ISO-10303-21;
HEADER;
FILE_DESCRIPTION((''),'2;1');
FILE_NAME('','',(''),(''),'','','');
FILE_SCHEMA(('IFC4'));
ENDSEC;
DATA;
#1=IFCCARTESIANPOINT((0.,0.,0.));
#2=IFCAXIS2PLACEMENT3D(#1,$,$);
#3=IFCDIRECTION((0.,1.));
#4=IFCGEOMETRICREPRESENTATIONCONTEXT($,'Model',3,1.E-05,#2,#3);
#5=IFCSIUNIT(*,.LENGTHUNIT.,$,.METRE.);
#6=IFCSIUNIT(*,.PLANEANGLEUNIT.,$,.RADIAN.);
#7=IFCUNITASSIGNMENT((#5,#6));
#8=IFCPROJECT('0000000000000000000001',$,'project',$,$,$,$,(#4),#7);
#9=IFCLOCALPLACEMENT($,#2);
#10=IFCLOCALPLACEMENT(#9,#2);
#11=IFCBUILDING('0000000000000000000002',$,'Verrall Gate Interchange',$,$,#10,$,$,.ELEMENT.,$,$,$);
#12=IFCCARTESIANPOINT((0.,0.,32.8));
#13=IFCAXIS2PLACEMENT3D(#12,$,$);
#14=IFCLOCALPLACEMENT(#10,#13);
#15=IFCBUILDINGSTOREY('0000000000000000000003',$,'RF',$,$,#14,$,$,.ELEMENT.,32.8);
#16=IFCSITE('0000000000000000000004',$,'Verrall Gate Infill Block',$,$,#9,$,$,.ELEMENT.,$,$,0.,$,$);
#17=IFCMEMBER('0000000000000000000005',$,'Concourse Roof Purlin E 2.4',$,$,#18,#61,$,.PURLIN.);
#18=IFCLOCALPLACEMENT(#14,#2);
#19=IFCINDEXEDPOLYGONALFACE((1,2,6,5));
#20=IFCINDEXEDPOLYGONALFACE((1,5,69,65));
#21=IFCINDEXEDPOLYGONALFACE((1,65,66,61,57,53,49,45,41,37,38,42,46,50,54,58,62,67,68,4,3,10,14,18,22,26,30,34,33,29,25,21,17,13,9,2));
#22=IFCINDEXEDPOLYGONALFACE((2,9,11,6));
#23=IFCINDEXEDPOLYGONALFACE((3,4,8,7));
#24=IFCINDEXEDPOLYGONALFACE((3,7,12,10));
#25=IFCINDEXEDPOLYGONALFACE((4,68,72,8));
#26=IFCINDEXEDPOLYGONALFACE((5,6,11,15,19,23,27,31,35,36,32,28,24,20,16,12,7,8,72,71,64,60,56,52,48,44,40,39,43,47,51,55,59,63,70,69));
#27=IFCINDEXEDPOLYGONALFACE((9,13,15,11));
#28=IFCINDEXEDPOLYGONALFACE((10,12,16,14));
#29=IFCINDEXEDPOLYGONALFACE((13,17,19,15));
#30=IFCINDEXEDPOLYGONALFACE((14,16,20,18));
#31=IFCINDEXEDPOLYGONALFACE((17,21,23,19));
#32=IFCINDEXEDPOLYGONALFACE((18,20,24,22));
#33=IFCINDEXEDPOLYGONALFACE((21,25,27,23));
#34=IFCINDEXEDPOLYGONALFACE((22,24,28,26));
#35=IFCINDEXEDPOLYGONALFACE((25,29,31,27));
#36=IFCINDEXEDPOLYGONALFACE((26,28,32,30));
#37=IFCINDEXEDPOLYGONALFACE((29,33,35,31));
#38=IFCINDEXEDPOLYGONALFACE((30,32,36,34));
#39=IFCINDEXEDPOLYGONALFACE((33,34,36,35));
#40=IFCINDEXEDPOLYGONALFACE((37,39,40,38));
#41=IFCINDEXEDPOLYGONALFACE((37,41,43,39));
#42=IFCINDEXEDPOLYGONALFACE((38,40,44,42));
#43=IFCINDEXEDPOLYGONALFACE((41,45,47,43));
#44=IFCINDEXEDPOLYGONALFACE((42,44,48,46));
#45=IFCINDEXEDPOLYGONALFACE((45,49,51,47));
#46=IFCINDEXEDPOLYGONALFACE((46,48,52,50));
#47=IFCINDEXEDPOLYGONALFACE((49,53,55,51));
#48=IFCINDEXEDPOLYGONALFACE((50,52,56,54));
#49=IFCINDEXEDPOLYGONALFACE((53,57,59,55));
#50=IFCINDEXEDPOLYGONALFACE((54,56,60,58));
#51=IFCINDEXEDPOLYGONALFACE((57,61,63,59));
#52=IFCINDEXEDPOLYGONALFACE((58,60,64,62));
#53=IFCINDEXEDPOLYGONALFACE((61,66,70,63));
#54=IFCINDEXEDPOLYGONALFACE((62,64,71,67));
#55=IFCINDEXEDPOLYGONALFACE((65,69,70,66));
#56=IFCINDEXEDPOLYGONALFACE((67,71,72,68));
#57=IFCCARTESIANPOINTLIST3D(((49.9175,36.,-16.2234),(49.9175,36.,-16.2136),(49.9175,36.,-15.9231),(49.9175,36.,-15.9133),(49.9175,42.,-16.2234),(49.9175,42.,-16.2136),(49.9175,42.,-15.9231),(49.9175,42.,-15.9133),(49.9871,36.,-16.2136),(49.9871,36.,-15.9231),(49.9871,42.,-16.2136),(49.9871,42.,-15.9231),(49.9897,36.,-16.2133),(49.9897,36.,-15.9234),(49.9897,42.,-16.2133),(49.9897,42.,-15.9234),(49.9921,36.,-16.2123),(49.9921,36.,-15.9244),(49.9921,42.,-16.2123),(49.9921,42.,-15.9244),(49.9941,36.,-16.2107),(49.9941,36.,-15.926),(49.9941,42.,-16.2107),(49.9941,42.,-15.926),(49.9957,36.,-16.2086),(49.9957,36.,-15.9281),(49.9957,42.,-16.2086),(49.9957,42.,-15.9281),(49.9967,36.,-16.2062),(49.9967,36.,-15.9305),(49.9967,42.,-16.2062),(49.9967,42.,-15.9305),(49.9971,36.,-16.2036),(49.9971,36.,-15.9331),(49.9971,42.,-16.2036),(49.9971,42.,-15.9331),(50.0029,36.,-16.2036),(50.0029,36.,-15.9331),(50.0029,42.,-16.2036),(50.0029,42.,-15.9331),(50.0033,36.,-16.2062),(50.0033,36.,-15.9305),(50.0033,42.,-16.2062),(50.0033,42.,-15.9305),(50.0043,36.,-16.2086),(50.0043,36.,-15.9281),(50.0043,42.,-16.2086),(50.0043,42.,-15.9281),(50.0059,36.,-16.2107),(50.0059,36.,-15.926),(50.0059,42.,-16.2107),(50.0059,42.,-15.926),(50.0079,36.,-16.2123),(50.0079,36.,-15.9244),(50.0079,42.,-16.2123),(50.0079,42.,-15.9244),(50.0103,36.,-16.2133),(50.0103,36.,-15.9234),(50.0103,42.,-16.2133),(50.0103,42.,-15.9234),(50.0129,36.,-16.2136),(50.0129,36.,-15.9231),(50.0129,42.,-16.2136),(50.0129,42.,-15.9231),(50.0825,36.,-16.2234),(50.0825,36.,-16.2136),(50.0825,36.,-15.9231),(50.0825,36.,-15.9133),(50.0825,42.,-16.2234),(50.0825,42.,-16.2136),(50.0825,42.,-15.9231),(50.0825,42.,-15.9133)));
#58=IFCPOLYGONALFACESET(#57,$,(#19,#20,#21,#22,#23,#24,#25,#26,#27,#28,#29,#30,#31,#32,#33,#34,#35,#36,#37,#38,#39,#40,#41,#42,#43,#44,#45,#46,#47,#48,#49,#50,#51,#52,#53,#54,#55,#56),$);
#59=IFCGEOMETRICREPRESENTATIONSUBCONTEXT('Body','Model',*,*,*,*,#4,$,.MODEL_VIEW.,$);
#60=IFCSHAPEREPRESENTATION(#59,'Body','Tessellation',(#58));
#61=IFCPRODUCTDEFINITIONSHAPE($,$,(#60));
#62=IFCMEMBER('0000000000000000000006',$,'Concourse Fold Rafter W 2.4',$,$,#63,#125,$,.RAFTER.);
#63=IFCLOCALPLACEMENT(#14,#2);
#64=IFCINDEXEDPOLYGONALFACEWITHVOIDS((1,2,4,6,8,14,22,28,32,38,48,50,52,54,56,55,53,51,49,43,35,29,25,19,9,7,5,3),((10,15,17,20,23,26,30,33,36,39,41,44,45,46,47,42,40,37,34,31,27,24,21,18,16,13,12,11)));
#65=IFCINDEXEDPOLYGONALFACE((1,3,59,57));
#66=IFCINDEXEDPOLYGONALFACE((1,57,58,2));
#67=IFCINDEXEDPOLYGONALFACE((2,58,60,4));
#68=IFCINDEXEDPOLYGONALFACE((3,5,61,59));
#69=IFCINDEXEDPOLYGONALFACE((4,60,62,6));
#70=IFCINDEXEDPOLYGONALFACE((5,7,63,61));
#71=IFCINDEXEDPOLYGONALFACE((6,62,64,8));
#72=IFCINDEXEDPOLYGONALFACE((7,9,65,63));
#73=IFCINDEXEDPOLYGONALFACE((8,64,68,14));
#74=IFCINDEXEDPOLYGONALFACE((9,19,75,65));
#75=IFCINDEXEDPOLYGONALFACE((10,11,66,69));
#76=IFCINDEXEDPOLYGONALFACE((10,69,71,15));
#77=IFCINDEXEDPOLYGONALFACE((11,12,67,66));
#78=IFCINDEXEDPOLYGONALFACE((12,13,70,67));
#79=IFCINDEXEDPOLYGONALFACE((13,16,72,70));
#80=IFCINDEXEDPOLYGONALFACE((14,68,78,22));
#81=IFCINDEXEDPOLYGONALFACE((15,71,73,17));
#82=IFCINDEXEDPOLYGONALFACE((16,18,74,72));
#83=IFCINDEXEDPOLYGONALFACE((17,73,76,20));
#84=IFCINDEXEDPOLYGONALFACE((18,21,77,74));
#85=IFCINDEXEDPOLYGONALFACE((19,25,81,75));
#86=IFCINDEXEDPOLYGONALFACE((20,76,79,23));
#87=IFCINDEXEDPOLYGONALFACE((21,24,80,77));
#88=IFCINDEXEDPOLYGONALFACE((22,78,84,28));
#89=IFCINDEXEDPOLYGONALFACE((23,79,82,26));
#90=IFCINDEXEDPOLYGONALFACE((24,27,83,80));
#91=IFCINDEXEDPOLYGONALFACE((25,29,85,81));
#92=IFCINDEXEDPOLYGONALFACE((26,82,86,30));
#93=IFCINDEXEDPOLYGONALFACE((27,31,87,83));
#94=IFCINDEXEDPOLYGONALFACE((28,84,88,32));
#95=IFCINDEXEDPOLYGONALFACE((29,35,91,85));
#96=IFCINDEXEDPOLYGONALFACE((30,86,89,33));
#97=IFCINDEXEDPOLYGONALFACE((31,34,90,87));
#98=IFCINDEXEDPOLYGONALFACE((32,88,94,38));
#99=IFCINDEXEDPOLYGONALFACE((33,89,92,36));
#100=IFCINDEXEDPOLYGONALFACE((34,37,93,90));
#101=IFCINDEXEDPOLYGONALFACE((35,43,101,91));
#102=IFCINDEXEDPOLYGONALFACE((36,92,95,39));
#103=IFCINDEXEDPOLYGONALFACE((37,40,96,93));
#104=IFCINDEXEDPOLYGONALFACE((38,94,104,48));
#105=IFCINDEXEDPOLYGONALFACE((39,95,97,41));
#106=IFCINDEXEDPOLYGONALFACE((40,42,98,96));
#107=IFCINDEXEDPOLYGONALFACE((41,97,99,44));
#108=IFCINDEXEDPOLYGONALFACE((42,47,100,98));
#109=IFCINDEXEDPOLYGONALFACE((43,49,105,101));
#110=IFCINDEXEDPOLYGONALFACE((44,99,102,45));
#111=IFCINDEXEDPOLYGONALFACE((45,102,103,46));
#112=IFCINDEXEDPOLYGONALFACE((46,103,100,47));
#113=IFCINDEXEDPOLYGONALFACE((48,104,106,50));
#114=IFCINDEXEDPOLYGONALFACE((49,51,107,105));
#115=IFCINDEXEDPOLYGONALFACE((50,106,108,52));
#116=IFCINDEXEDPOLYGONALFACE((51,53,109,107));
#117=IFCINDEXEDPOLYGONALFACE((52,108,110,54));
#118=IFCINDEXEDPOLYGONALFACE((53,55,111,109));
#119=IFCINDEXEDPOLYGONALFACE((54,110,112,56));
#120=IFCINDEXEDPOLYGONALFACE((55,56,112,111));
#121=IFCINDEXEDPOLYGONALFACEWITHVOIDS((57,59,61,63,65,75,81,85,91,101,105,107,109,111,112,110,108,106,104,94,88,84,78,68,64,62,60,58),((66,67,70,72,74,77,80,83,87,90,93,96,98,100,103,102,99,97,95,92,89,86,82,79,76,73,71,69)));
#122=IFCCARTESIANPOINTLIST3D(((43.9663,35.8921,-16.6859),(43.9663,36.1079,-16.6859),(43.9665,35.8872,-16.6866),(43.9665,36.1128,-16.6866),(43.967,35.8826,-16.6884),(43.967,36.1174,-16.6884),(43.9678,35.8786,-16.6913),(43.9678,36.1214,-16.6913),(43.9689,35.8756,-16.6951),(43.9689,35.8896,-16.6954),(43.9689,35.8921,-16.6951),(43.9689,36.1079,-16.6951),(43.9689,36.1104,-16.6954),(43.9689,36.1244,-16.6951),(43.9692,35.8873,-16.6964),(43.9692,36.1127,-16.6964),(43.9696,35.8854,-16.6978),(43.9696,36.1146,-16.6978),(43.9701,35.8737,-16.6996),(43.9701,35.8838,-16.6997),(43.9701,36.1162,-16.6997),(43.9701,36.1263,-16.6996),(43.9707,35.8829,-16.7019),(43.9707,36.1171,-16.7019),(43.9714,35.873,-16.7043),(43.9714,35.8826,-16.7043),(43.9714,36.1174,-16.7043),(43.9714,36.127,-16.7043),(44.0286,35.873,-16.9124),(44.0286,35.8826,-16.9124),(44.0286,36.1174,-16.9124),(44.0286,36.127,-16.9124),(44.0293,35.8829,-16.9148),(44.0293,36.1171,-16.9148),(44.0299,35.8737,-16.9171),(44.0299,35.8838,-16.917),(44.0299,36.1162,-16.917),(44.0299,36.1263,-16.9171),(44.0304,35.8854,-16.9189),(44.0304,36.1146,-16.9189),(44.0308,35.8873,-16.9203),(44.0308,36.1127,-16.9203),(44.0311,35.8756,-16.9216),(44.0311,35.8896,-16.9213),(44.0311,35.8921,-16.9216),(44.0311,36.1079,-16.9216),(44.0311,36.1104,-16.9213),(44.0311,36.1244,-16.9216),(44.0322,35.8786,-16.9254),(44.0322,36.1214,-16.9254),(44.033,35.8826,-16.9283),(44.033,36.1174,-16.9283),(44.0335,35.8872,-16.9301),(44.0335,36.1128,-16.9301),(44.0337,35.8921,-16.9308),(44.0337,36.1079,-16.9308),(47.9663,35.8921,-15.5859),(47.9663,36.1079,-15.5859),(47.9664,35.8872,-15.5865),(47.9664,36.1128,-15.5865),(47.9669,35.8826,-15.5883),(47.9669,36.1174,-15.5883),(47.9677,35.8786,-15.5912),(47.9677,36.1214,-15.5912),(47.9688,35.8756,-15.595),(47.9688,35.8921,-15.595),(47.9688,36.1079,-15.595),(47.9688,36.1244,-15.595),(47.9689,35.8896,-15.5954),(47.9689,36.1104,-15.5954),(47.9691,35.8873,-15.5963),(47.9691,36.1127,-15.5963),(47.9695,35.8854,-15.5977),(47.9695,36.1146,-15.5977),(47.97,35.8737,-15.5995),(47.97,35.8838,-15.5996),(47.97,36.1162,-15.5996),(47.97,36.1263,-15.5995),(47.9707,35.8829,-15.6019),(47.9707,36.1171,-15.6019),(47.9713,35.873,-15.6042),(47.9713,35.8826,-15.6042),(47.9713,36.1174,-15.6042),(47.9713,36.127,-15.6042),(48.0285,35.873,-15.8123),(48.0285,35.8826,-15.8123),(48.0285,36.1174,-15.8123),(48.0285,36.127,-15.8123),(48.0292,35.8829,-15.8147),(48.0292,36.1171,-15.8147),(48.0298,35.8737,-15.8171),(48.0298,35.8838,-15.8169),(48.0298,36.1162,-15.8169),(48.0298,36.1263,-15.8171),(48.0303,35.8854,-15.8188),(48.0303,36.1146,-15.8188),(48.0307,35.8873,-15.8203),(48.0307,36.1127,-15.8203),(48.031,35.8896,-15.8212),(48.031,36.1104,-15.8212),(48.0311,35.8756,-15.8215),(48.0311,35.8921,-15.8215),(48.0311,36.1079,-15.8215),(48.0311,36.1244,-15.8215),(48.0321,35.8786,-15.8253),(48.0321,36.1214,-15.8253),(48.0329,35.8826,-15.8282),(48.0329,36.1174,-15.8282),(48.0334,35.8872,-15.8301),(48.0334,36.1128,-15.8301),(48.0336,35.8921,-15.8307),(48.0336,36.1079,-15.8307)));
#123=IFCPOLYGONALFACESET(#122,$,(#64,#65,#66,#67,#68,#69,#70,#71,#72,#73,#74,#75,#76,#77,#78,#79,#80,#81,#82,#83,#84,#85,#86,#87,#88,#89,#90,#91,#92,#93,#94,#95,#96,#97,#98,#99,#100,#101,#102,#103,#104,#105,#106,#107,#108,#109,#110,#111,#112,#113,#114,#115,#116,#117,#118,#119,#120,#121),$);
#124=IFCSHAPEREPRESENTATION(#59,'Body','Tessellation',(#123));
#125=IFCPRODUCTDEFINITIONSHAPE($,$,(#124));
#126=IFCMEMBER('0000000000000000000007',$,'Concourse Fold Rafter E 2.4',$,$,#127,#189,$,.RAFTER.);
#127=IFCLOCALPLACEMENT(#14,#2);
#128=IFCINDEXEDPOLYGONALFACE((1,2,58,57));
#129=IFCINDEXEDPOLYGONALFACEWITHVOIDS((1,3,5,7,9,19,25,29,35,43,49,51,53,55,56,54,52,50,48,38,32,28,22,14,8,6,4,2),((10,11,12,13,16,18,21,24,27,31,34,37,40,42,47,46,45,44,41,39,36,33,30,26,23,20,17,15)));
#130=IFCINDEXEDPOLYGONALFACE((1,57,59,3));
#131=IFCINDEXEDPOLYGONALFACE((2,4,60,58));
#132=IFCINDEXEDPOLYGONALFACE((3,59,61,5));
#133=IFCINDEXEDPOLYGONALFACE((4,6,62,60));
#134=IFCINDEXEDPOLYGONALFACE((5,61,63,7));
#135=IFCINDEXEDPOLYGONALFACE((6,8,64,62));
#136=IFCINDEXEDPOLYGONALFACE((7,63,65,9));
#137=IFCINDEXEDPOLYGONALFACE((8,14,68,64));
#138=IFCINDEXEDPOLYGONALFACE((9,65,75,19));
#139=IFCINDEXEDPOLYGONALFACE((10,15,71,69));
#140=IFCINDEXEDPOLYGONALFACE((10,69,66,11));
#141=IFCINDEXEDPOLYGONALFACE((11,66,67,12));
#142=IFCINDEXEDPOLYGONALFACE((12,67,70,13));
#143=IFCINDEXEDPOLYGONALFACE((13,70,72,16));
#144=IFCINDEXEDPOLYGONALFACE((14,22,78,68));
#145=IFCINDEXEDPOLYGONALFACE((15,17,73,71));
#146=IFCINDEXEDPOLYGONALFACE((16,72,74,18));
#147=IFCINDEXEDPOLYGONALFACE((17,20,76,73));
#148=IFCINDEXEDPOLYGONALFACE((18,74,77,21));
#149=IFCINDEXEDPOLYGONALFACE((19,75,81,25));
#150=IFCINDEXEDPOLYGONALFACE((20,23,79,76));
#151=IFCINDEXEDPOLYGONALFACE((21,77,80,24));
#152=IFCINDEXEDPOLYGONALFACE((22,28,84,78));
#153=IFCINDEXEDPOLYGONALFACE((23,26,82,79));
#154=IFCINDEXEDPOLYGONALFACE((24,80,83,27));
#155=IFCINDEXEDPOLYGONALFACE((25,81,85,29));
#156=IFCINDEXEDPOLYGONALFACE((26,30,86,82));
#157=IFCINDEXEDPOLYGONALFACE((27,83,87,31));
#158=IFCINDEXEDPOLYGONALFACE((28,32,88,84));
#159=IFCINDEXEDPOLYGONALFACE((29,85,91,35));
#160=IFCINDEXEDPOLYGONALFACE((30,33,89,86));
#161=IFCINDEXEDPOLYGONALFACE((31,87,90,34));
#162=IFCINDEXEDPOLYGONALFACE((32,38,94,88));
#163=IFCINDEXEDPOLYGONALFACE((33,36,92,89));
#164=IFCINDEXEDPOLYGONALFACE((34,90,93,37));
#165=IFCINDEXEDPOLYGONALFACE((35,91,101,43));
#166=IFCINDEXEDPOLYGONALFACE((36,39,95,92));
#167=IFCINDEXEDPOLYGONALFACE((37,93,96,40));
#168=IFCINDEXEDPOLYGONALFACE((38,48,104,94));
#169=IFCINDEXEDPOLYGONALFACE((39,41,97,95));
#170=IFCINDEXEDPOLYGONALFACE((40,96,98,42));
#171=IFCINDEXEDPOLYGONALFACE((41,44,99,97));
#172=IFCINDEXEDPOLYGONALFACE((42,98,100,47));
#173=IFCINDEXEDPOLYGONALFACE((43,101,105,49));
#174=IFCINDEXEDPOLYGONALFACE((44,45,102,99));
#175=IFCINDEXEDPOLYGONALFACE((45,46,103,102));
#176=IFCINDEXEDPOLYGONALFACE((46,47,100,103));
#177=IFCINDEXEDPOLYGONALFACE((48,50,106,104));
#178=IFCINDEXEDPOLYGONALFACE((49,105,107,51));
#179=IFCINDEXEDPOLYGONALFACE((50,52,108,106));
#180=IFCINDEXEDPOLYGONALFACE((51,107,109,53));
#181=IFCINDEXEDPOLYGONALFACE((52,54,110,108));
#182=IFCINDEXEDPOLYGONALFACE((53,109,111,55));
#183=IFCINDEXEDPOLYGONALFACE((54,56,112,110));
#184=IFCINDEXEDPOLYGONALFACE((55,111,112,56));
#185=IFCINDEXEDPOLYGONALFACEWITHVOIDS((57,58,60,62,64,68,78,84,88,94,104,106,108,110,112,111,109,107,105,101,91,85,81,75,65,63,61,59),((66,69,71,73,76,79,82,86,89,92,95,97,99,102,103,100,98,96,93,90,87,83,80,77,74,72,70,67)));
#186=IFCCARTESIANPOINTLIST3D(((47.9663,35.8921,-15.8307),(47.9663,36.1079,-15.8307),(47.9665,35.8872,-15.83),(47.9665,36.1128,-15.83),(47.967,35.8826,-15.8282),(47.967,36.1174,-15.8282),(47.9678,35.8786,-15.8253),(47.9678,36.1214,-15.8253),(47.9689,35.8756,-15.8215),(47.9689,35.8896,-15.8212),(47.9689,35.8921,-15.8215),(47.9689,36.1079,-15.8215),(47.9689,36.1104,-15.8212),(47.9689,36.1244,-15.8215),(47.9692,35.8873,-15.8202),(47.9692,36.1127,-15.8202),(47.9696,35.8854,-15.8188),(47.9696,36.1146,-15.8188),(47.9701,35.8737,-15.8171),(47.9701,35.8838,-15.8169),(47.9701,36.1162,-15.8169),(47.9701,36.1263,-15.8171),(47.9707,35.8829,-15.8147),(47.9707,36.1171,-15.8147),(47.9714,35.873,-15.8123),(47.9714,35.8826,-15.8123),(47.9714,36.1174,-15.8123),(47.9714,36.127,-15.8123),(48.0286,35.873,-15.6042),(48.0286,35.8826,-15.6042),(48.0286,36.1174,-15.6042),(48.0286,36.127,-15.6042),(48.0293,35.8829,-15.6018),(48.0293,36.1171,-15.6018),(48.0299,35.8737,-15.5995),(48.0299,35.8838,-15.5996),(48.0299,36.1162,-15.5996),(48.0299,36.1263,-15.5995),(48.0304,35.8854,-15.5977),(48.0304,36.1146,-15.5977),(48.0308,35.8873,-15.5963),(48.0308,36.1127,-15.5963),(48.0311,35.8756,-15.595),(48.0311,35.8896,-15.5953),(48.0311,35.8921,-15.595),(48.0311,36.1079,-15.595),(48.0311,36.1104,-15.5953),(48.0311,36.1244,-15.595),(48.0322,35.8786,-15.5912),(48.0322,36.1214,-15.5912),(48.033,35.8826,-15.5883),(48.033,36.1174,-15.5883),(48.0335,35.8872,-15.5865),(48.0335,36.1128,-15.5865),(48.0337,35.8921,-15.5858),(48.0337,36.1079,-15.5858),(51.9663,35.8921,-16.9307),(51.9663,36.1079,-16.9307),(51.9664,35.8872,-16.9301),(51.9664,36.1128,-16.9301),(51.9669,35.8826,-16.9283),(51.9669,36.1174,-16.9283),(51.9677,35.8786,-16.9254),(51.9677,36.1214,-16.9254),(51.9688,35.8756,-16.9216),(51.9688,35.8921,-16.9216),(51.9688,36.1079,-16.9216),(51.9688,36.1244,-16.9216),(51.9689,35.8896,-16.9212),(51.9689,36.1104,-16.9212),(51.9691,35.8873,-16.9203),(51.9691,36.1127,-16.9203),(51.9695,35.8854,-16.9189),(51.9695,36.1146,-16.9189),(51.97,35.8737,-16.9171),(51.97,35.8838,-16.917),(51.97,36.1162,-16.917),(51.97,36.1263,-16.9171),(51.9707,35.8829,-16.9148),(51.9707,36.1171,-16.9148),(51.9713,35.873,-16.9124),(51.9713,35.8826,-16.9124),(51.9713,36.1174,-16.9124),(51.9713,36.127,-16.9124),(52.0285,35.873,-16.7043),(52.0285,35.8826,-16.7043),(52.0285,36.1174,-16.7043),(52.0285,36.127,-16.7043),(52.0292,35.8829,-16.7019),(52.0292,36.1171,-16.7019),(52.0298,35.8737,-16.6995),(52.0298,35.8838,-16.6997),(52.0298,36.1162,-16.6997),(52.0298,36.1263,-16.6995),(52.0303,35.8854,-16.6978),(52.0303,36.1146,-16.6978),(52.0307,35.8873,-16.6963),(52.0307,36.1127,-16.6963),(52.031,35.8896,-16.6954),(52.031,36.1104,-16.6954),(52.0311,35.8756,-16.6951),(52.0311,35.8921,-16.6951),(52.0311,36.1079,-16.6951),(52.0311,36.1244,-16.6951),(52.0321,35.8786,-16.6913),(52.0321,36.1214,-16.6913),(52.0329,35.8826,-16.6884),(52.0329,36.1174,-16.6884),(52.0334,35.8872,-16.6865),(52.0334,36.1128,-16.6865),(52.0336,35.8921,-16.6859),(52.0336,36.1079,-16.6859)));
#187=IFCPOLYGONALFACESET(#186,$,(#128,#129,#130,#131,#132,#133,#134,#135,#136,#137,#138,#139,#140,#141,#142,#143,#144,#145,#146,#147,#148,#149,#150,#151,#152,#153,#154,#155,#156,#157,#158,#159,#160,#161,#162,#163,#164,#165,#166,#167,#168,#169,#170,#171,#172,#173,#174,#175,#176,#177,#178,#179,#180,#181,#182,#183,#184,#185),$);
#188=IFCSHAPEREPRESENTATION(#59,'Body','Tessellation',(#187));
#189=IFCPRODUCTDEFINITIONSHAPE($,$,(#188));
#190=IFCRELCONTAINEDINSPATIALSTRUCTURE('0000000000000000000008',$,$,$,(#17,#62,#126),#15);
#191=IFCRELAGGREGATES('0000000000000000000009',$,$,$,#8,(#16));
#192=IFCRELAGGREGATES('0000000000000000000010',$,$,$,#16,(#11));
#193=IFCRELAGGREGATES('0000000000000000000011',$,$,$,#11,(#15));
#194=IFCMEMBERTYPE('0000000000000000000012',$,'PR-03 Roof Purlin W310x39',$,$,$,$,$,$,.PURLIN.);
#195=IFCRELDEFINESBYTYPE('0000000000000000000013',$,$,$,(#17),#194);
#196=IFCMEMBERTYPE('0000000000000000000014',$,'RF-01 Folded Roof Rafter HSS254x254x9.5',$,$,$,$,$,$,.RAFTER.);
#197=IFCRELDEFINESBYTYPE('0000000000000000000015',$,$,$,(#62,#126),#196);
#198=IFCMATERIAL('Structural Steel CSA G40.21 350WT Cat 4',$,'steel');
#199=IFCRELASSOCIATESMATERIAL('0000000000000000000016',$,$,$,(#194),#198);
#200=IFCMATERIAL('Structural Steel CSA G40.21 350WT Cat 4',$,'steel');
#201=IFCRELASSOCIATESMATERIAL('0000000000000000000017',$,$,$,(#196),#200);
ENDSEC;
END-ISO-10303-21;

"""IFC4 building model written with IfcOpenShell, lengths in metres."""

from ifc_helpers import new_model, si_unit, direction, frame, origin, origin_2d, place, context, subcontext, project, spatial, hollow_rectangle, i_section, extrude, material, material_profile, profile_set, type_object, element, save


model = new_model("IFC4")

# Units and contexts
model_context = context("Model", 3, precision=1e-05, world=origin(), true_north=direction((0.0, 1.0)))
body_context = subcontext(model_context, "Body", "Model", "MODEL_VIEW")
ifc_project = project(units=[si_unit("LENGTHUNIT", "METRE"), si_unit("PLANEANGLEUNIT", "RADIAN")], contexts=[model_context])

# Site, building, storey
site_placement = place(None, origin())
site = spatial("IfcSite", under=ifc_project, at=site_placement, Name="Verrall Gate Infill Block", CompositionType="ELEMENT", RefElevation=0.0)
building_placement = place(site_placement, origin())
building = spatial("IfcBuilding", under=site, at=building_placement, Name="Verrall Gate Interchange", CompositionType="ELEMENT")
storey_placement = place(building_placement, frame((0.0, 0.0, 32.8)))
storey = spatial("IfcBuildingStorey", under=building, at=storey_placement, Name="RF", CompositionType="ELEMENT", Elevation=32.8)

# Members
ifc_material_1 = material(Name="Structural Steel CSA G40.21 350WT Cat 4", Category="steel")
ifc_material_profile_1 = material_profile(ifc_material_1, i_section(OverallWidth=0.165, OverallDepth=0.3101, WebThickness=0.0059, FlangeThickness=0.0098, FilletRadius=0.01, at=origin_2d()), Name="W310x39")
ifc_profile_set_1 = profile_set([ifc_material_profile_1], Name="Structural Steel CSA G40.21 350WT Cat 4")
member_type_1 = type_object("IfcMemberType", Name="PR-03 Roof Purlin W310x39", PredefinedType="PURLIN", material=ifc_profile_set_1)
for number, where, z_axis, x_axis, name in (
    (1, (50.0, 36.0, -16.0684), (0.0, 1.0, 0.0), (-1.0, 0.0, 0.0), "Concourse Roof Purlin E 2.4"),
):
    element("IfcMember", number, at=place(storey_placement, frame(where, z_axis=z_axis, x_axis=x_axis)), inside=storey, type_object=member_type_1, Name=name, PredefinedType="PURLIN", context=body_context, shape_type="SweptSolid", body=[
        extrude(i_section(OverallWidth=0.165, OverallDepth=0.3101, WebThickness=0.0059, FlangeThickness=0.0098, FilletRadius=0.01, at=origin_2d()), origin(), (0.0, 0.0, 1.0), 6.0),
    ])
ifc_material_2 = material(Name="Structural Steel CSA G40.21 350WT Cat 4", Category="steel")
ifc_material_profile_2 = material_profile(ifc_material_2, hollow_rectangle(XDim=0.2539, YDim=0.2539, WallThickness=0.0095, InnerFilletRadius=0.0095, OuterFilletRadius=0.019, at=origin_2d()), Name="HSS254x254x9.5")
ifc_profile_set_2 = profile_set([ifc_material_profile_2], Name="Structural Steel CSA G40.21 350WT Cat 4")
member_type_2 = type_object("IfcMemberType", Name="RF-01 Folded Roof Rafter HSS254x254x9.5", PredefinedType="RAFTER", material=ifc_profile_set_2)
for number, where, z_axis, x_axis, name in (
    (2, (44.0, 36.0, -16.8083), (0.964199, 0.0, 0.265178), (0.0, 1.0, 0.0), "Concourse Fold Rafter W 2.4"),
    (3, (48.0, 36.0, -15.7083), (0.964199, 0.0, -0.265178), (0.0, 1.0, 0.0), "Concourse Fold Rafter E 2.4"),
):
    element("IfcMember", number, at=place(storey_placement, frame(where, z_axis=z_axis, x_axis=x_axis)), inside=storey, type_object=member_type_2, Name=name, PredefinedType="RAFTER", context=body_context, shape_type="SweptSolid", body=[
        extrude(hollow_rectangle(XDim=0.2539, YDim=0.2539, WallThickness=0.0095, InnerFilletRadius=0.0095, OuterFilletRadius=0.019, at=origin_2d()), origin(), (0.0, 0.0, 1.0), 4.1484),
    ])

save(model, "model.ifc")
